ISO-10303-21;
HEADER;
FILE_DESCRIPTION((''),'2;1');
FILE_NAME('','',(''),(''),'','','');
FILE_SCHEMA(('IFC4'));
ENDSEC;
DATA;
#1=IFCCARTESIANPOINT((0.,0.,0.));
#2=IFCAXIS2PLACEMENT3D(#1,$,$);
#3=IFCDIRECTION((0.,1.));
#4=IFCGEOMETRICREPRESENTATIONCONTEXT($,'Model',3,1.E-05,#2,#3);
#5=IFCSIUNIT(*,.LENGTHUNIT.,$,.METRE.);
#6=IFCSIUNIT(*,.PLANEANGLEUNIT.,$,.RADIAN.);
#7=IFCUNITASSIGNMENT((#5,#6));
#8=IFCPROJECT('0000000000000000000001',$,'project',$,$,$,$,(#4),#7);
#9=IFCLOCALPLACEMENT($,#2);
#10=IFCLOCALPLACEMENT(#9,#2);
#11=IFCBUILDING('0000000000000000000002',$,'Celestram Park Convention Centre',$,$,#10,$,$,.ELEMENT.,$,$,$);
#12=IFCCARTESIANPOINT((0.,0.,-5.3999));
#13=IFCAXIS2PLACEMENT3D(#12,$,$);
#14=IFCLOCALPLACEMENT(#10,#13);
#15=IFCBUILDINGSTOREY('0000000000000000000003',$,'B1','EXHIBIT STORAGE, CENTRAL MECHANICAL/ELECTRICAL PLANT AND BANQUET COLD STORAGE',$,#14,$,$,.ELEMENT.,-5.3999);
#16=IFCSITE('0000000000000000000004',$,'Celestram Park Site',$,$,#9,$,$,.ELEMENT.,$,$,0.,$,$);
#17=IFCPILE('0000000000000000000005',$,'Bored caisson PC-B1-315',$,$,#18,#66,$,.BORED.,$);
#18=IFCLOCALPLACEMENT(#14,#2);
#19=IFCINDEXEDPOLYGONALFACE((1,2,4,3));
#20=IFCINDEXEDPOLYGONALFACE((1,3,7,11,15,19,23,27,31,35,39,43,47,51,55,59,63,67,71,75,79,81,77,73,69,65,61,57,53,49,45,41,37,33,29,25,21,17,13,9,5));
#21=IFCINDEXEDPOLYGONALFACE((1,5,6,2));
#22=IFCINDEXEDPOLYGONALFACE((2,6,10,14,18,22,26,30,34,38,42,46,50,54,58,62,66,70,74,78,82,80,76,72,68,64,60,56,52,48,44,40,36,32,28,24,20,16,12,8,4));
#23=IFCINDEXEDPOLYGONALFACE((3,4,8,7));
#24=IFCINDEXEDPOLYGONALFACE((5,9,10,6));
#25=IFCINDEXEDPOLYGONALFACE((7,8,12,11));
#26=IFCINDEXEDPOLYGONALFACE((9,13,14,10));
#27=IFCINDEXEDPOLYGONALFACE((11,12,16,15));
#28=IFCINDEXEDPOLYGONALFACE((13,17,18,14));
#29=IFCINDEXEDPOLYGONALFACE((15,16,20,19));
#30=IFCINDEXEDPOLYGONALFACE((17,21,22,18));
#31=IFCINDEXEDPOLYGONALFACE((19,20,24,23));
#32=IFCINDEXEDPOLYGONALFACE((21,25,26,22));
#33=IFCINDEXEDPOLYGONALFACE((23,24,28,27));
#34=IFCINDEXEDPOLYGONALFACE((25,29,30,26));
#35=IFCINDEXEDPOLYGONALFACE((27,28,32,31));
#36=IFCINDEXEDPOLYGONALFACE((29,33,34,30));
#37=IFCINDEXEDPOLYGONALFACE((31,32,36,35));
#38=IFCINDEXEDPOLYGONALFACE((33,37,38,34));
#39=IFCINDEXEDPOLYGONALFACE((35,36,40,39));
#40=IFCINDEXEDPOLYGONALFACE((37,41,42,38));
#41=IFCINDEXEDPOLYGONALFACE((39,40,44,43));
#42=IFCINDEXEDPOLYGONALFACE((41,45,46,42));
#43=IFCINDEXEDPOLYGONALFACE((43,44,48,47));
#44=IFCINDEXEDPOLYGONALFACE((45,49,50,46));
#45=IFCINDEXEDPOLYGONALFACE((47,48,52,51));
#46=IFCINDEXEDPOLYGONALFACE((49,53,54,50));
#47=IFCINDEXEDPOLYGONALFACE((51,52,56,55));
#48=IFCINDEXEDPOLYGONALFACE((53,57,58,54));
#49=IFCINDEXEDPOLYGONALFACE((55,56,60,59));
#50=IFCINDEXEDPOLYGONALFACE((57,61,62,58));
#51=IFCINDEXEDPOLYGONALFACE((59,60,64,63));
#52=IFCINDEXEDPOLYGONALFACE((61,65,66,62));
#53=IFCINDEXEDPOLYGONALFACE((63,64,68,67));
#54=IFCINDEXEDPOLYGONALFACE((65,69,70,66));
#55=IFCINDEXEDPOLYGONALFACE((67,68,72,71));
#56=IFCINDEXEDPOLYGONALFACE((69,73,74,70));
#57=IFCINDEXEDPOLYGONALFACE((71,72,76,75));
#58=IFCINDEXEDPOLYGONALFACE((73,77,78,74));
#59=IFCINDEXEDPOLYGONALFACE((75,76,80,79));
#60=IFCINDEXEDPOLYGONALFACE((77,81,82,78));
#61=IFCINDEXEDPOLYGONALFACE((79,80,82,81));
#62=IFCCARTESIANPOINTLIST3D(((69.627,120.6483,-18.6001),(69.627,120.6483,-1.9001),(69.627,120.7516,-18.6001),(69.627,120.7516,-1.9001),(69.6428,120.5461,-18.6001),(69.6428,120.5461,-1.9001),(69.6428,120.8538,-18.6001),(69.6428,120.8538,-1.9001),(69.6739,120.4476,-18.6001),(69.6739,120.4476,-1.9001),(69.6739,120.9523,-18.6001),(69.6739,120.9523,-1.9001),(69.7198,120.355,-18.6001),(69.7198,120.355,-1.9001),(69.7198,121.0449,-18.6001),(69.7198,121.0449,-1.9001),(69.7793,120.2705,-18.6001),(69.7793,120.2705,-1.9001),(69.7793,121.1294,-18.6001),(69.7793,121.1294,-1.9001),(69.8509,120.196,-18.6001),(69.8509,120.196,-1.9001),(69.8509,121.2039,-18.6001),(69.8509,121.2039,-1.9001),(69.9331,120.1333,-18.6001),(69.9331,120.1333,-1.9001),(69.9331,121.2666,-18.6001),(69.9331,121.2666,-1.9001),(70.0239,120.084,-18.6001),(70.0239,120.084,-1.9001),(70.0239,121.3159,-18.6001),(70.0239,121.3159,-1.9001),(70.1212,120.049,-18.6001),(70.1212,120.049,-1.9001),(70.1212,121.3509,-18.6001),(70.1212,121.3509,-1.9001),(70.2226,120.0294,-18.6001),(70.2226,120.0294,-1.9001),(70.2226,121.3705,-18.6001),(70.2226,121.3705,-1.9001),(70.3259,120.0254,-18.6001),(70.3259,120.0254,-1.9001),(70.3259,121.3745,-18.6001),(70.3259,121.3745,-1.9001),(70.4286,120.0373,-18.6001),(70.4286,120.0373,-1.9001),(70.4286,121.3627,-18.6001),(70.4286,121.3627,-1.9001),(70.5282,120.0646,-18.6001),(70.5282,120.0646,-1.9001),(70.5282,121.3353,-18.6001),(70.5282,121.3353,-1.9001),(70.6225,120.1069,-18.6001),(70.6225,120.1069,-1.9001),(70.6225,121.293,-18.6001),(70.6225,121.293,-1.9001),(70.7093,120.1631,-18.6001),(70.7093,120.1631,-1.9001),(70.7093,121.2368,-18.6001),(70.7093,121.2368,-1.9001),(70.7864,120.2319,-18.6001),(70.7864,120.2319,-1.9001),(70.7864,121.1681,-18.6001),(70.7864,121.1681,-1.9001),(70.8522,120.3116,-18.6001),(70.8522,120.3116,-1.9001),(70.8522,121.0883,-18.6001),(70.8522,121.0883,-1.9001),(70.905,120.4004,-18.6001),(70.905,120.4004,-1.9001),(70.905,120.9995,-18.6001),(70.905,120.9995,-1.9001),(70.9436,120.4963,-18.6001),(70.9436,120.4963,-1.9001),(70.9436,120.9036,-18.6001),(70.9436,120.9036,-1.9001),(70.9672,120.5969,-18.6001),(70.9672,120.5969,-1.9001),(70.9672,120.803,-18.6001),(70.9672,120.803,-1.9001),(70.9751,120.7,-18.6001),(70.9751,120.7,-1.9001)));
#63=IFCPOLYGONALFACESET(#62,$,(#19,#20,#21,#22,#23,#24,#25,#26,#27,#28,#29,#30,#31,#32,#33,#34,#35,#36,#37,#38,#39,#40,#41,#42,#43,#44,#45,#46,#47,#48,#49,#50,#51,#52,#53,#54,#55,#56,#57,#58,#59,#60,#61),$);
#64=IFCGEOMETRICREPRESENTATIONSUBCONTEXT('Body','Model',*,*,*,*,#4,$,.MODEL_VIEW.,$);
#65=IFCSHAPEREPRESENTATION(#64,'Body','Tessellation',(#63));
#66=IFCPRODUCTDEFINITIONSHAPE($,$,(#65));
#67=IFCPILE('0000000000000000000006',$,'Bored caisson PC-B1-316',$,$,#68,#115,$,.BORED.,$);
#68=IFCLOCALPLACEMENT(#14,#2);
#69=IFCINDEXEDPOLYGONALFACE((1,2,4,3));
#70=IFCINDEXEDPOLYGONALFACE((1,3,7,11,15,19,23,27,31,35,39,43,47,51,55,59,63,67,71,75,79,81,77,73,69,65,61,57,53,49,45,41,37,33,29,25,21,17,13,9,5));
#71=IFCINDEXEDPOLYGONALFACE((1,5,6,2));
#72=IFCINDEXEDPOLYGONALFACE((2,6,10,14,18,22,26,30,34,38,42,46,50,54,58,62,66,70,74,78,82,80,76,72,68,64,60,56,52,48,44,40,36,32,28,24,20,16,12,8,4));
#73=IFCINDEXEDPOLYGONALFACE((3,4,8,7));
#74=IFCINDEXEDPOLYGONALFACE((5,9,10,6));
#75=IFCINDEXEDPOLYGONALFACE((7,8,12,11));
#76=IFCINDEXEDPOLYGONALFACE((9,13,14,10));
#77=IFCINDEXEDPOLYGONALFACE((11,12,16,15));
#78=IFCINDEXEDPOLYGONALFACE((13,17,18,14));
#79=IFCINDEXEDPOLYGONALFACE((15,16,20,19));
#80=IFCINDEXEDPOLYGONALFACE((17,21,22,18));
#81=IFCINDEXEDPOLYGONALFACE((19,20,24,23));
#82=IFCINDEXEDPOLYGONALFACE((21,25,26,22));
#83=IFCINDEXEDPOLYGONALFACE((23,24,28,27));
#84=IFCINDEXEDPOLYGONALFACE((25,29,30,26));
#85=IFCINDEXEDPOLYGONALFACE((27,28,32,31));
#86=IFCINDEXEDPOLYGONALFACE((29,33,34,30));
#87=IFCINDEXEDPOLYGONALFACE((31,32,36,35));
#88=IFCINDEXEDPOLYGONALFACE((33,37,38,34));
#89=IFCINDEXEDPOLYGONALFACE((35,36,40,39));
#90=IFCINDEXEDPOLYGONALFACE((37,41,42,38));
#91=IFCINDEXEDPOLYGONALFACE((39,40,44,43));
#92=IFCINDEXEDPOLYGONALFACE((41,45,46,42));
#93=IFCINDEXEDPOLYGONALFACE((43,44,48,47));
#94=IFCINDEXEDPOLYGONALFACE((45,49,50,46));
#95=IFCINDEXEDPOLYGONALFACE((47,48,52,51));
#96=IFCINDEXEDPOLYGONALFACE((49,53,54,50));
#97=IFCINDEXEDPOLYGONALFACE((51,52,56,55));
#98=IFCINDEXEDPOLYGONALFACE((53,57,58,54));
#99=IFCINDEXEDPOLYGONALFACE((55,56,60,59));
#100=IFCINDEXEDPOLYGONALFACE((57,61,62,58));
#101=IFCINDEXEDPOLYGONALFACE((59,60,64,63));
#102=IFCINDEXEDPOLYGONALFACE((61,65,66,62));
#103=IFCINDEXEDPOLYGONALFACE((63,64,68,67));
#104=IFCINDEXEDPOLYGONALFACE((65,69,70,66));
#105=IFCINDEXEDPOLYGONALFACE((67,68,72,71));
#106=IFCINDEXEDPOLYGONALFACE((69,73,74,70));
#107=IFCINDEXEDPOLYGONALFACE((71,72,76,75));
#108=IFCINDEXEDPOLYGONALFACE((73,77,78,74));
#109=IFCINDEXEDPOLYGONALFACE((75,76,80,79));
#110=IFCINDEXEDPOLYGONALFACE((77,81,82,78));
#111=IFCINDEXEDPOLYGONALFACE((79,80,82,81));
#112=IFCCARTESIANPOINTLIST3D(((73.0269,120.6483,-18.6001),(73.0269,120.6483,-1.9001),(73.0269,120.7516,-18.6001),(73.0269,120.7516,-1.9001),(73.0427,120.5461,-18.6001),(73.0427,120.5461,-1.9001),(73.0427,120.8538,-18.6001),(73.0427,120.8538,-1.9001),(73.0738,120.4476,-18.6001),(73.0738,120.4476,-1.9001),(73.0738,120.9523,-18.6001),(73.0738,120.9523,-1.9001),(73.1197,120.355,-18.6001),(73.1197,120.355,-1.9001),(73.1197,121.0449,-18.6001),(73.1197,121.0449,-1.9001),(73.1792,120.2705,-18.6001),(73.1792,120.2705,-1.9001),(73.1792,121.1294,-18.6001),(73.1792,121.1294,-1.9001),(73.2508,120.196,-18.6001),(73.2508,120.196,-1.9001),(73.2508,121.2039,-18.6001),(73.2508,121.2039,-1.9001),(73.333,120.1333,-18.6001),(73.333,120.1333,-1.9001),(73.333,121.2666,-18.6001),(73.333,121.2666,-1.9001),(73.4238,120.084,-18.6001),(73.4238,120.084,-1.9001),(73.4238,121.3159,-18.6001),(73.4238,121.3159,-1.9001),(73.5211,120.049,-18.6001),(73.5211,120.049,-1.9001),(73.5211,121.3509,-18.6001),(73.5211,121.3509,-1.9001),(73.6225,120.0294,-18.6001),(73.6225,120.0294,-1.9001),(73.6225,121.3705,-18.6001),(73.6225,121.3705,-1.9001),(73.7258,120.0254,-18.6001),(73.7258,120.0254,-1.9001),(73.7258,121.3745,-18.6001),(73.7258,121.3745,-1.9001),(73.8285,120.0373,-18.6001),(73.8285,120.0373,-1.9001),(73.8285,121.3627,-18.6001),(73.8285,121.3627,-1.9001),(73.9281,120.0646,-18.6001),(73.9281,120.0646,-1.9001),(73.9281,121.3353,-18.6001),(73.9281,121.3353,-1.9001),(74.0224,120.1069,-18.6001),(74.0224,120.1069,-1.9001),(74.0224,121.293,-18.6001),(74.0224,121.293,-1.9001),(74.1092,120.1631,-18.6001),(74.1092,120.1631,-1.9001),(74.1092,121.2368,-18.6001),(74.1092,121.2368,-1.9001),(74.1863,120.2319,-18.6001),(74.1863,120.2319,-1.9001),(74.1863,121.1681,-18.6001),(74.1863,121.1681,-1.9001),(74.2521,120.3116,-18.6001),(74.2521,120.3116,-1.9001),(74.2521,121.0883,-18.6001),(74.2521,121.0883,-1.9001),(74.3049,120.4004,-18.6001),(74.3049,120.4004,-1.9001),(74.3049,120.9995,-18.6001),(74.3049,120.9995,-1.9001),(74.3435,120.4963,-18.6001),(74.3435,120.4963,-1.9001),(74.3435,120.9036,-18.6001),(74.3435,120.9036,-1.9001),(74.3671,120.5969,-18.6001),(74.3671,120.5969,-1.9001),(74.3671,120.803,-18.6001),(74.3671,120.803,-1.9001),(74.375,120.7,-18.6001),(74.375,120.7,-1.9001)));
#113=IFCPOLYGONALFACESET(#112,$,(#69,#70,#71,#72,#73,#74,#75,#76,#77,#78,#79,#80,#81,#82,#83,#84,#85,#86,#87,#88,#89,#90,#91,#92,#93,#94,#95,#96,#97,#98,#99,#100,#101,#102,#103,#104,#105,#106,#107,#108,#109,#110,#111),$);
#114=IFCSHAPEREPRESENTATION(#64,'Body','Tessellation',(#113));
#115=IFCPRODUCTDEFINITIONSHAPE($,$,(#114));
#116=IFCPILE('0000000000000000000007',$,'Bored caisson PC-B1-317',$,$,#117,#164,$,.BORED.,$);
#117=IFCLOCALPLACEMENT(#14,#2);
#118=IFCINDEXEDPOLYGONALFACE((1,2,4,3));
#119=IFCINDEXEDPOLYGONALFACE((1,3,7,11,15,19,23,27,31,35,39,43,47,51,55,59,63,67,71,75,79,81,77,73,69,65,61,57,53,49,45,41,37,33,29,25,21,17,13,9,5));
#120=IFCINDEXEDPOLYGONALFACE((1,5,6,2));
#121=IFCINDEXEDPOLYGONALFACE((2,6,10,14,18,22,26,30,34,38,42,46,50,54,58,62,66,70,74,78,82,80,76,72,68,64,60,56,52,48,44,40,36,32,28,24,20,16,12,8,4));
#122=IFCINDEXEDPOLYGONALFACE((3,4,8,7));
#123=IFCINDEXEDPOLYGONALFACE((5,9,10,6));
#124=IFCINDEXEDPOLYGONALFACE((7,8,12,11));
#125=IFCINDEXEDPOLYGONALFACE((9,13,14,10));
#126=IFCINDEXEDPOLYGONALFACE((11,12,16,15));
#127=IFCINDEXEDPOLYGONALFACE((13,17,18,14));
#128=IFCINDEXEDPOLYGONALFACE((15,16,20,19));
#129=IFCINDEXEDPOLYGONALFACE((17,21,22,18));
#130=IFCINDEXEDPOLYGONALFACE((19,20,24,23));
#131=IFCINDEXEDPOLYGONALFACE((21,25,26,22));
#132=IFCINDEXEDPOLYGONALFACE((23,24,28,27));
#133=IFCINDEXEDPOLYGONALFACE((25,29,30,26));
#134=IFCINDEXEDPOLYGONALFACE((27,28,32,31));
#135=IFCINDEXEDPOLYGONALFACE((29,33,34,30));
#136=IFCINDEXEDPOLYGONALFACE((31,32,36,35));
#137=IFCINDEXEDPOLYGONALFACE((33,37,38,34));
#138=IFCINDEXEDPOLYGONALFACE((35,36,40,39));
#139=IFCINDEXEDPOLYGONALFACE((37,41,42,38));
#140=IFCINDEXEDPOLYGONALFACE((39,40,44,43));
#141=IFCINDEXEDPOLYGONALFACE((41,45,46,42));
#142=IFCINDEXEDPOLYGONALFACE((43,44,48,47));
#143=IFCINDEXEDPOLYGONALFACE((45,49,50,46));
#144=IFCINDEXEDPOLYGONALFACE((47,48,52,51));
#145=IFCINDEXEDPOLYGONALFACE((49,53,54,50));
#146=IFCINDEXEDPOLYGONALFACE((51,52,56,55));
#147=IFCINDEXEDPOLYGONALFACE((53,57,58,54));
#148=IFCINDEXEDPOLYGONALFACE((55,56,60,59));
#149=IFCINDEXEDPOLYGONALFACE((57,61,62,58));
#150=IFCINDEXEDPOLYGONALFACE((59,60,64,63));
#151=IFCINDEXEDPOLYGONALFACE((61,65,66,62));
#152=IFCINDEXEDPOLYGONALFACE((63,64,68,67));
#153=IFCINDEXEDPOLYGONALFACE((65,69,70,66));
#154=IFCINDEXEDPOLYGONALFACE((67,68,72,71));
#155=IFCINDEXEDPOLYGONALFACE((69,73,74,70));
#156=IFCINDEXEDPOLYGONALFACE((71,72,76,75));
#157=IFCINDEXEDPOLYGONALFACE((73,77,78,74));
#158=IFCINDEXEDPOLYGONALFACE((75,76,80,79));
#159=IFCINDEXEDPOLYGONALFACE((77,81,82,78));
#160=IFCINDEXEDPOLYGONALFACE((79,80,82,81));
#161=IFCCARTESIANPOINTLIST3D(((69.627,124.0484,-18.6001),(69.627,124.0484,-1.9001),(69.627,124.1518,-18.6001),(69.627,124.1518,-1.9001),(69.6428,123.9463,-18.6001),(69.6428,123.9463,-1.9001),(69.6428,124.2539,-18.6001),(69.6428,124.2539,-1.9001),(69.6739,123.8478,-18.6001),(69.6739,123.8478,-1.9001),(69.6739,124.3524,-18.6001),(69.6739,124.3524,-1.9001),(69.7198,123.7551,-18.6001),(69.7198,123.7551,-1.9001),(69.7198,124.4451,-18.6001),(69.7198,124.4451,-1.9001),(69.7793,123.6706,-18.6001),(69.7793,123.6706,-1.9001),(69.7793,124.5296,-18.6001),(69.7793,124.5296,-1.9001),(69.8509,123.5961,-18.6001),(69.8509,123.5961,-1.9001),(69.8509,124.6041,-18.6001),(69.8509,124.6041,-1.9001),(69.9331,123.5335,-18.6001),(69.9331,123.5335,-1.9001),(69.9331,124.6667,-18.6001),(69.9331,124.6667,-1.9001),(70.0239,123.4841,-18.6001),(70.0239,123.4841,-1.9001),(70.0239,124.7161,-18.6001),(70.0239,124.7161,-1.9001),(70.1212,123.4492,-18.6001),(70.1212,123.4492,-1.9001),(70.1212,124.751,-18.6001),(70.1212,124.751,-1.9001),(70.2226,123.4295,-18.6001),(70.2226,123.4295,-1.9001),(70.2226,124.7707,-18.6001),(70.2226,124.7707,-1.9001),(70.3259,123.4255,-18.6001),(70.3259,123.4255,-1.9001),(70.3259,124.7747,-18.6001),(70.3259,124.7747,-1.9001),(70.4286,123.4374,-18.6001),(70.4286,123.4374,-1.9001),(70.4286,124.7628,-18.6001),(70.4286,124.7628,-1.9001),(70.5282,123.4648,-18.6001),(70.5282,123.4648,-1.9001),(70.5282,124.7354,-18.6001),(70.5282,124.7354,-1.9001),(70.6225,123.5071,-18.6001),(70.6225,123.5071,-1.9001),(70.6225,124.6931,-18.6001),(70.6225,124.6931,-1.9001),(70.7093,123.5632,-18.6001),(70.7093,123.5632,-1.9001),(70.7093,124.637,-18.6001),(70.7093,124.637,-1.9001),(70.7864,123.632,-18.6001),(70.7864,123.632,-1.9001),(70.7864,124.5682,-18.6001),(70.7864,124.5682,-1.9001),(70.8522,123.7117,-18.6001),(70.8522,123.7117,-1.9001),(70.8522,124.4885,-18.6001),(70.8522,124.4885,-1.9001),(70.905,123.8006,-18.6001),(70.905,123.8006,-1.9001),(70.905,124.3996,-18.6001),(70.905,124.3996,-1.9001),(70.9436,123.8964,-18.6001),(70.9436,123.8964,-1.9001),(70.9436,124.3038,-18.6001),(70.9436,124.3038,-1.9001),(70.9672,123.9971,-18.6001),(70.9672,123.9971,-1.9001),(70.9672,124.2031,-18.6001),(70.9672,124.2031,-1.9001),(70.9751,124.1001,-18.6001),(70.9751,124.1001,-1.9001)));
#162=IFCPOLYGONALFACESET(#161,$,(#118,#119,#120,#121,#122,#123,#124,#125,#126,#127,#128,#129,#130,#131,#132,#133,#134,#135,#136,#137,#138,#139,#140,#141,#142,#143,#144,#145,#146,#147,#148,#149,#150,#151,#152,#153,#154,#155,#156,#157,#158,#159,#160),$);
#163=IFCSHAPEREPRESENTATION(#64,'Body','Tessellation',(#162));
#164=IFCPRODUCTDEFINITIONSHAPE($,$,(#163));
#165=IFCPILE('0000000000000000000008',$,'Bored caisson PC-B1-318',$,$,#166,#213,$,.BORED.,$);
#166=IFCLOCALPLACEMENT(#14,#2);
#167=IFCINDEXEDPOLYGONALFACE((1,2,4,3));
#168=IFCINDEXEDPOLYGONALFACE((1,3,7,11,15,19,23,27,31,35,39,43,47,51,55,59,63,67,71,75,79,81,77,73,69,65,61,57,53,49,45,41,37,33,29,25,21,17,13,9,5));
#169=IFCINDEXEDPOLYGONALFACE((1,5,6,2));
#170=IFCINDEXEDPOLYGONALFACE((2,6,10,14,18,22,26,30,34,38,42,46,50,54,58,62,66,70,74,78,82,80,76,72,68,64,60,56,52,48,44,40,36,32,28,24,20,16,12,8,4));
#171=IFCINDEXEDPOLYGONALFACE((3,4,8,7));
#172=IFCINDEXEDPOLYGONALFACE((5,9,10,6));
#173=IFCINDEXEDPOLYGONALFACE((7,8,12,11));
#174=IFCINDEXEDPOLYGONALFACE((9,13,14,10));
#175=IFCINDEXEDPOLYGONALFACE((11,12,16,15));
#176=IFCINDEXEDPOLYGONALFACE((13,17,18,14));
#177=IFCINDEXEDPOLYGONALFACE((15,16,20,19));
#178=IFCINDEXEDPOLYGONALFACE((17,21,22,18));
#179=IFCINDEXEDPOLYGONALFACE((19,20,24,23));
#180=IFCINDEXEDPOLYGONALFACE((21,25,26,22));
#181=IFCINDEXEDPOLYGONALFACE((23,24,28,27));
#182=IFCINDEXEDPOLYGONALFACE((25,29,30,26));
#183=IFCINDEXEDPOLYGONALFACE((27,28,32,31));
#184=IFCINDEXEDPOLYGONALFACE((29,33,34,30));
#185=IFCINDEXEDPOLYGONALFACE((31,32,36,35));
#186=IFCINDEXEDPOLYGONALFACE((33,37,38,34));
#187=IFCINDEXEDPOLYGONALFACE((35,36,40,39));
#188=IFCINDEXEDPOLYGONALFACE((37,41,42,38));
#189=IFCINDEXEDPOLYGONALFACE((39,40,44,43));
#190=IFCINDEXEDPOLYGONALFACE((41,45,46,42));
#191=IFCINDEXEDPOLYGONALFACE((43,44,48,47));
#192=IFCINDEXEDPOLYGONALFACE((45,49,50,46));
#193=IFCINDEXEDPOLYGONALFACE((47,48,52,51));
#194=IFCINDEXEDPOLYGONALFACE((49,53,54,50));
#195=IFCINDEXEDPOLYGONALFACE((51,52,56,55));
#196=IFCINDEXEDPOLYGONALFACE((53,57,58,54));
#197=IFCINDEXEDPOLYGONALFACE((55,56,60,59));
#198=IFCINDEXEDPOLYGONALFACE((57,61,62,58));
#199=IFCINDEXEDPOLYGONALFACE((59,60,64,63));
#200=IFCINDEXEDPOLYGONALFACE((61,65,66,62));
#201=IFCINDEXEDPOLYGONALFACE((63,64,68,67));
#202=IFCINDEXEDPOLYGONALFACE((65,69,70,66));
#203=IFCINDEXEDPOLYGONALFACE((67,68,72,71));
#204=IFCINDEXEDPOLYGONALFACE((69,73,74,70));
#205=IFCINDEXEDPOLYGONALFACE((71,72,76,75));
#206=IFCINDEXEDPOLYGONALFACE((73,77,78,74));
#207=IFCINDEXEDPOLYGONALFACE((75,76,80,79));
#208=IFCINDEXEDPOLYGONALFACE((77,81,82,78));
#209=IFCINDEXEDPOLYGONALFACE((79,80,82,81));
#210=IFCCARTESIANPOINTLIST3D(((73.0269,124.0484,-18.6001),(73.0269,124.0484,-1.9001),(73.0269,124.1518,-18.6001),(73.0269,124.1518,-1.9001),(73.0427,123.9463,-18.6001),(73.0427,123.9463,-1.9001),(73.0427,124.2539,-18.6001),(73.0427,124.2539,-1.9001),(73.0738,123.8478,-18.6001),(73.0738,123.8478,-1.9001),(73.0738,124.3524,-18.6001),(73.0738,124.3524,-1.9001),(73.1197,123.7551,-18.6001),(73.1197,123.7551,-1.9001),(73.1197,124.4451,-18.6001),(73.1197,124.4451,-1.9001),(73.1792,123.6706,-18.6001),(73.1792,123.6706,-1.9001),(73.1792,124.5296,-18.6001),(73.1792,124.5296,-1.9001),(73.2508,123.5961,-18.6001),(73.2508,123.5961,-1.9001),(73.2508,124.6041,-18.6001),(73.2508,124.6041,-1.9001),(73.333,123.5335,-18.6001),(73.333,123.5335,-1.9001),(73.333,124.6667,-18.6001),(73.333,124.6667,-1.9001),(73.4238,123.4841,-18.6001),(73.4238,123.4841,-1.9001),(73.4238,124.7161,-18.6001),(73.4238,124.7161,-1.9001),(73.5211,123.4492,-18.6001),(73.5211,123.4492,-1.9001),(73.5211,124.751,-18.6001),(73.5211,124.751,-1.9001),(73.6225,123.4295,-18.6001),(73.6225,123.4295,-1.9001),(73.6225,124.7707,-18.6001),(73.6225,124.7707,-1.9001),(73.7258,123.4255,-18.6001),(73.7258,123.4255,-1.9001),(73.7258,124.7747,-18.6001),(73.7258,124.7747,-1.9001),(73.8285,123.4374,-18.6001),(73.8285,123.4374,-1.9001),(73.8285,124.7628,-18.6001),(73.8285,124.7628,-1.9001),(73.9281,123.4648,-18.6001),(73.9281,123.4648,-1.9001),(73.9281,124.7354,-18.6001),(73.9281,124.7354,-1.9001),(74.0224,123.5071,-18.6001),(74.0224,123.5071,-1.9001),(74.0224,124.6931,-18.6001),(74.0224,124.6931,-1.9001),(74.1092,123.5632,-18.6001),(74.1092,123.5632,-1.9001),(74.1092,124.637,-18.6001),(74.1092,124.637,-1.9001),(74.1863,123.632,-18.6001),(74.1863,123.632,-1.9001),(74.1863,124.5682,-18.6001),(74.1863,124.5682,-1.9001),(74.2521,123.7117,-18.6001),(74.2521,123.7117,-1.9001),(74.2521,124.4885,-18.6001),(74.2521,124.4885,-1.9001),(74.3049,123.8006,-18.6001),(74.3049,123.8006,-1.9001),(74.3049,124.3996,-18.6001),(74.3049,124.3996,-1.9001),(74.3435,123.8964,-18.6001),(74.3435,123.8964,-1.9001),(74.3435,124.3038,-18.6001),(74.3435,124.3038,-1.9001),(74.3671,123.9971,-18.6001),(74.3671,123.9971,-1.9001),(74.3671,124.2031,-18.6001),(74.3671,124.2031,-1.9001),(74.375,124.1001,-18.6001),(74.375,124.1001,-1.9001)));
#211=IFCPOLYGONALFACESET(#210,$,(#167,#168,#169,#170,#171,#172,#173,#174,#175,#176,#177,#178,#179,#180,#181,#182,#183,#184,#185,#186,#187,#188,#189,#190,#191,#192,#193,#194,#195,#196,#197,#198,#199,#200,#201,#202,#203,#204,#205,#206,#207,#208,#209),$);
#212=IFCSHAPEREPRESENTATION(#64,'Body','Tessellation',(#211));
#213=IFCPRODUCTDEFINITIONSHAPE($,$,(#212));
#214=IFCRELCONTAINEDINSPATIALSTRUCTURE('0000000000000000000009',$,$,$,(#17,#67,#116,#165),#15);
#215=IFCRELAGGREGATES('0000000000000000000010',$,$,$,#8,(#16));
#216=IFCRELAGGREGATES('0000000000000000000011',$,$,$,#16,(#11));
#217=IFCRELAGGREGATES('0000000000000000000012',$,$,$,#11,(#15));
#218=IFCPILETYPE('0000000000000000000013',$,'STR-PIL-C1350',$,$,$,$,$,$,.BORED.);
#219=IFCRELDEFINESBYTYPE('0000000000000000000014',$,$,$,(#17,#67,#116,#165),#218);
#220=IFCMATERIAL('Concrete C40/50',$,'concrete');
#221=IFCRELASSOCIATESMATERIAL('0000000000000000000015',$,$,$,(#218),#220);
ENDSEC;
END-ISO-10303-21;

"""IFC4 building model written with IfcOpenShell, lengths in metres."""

from ifc_helpers import new_model, si_unit, direction, frame, origin, origin_2d, place, context, subcontext, project, spatial, circle, extrude, material, material_profile, profile_set, type_object, element, save


model = new_model("IFC4")

# Units and contexts
model_context = context("Model", 3, precision=1e-05, world=origin(), true_north=direction((0.0, 1.0)))
body_context = subcontext(model_context, "Body", "Model", "MODEL_VIEW")
ifc_project = project(units=[si_unit("LENGTHUNIT", "METRE"), si_unit("PLANEANGLEUNIT", "RADIAN")], contexts=[model_context])

# Site, building, storey
site_placement = place(None, origin())
site = spatial("IfcSite", under=ifc_project, at=site_placement, Name="Celestram Park Site", CompositionType="ELEMENT", RefElevation=0.0)
building_placement = place(site_placement, origin())
building = spatial("IfcBuilding", under=site, at=building_placement, Name="Celestram Park Convention Centre", CompositionType="ELEMENT")
storey_placement = place(building_placement, frame((0.0, 0.0, -5.3999)))
storey = spatial("IfcBuildingStorey", under=building, at=storey_placement, Name="B1", Description="EXHIBIT STORAGE, CENTRAL MECHANICAL/ELECTRICAL PLANT AND BANQUET COLD STORAGE", CompositionType="ELEMENT", Elevation=-5.3999)

# Shared definitions
ifc_material_1 = material(Name="Concrete C40/50", Category="concrete")

# Piles
ifc_material_profile_1 = material_profile(ifc_material_1, circle(Radius=0.675, at=origin_2d()), Name="CAISSON1350")
ifc_profile_set_1 = profile_set([ifc_material_profile_1], Name="Concrete C40/50")
pile_type = type_object("IfcPileType", Name="STR-PIL-C1350", PredefinedType="BORED", material=ifc_profile_set_1)
for number, where, z_axis, x_axis, name in (
    (1, (70.3, 120.7, -1.9001), (0.0, 0.0, -1.0), (1.0, 0.0, 0.0), "Bored caisson PC-B1-315"),
    (2, (73.7, 120.7, -1.9001), (0.0, 0.0, -1.0), (1.0, 0.0, 0.0), "Bored caisson PC-B1-316"),
    (3, (70.3, 124.1001, -1.9001), (0.0, 0.0, -1.0), (1.0, 0.0, 0.0), "Bored caisson PC-B1-317"),
    (4, (73.7, 124.1001, -1.9001), (0.0, 0.0, -1.0), (1.0, 0.0, 0.0), "Bored caisson PC-B1-318"),
):
    element("IfcPile", number, at=place(storey_placement, frame(where, z_axis=z_axis, x_axis=x_axis)), inside=storey, type_object=pile_type, Name=name, PredefinedType="BORED", context=body_context, shape_type="SweptSolid", body=[
        extrude(circle(Radius=0.675, at=origin_2d()), origin(), (0.0, 0.0, 1.0), 16.7),
    ])

save(model, "model.ifc")
